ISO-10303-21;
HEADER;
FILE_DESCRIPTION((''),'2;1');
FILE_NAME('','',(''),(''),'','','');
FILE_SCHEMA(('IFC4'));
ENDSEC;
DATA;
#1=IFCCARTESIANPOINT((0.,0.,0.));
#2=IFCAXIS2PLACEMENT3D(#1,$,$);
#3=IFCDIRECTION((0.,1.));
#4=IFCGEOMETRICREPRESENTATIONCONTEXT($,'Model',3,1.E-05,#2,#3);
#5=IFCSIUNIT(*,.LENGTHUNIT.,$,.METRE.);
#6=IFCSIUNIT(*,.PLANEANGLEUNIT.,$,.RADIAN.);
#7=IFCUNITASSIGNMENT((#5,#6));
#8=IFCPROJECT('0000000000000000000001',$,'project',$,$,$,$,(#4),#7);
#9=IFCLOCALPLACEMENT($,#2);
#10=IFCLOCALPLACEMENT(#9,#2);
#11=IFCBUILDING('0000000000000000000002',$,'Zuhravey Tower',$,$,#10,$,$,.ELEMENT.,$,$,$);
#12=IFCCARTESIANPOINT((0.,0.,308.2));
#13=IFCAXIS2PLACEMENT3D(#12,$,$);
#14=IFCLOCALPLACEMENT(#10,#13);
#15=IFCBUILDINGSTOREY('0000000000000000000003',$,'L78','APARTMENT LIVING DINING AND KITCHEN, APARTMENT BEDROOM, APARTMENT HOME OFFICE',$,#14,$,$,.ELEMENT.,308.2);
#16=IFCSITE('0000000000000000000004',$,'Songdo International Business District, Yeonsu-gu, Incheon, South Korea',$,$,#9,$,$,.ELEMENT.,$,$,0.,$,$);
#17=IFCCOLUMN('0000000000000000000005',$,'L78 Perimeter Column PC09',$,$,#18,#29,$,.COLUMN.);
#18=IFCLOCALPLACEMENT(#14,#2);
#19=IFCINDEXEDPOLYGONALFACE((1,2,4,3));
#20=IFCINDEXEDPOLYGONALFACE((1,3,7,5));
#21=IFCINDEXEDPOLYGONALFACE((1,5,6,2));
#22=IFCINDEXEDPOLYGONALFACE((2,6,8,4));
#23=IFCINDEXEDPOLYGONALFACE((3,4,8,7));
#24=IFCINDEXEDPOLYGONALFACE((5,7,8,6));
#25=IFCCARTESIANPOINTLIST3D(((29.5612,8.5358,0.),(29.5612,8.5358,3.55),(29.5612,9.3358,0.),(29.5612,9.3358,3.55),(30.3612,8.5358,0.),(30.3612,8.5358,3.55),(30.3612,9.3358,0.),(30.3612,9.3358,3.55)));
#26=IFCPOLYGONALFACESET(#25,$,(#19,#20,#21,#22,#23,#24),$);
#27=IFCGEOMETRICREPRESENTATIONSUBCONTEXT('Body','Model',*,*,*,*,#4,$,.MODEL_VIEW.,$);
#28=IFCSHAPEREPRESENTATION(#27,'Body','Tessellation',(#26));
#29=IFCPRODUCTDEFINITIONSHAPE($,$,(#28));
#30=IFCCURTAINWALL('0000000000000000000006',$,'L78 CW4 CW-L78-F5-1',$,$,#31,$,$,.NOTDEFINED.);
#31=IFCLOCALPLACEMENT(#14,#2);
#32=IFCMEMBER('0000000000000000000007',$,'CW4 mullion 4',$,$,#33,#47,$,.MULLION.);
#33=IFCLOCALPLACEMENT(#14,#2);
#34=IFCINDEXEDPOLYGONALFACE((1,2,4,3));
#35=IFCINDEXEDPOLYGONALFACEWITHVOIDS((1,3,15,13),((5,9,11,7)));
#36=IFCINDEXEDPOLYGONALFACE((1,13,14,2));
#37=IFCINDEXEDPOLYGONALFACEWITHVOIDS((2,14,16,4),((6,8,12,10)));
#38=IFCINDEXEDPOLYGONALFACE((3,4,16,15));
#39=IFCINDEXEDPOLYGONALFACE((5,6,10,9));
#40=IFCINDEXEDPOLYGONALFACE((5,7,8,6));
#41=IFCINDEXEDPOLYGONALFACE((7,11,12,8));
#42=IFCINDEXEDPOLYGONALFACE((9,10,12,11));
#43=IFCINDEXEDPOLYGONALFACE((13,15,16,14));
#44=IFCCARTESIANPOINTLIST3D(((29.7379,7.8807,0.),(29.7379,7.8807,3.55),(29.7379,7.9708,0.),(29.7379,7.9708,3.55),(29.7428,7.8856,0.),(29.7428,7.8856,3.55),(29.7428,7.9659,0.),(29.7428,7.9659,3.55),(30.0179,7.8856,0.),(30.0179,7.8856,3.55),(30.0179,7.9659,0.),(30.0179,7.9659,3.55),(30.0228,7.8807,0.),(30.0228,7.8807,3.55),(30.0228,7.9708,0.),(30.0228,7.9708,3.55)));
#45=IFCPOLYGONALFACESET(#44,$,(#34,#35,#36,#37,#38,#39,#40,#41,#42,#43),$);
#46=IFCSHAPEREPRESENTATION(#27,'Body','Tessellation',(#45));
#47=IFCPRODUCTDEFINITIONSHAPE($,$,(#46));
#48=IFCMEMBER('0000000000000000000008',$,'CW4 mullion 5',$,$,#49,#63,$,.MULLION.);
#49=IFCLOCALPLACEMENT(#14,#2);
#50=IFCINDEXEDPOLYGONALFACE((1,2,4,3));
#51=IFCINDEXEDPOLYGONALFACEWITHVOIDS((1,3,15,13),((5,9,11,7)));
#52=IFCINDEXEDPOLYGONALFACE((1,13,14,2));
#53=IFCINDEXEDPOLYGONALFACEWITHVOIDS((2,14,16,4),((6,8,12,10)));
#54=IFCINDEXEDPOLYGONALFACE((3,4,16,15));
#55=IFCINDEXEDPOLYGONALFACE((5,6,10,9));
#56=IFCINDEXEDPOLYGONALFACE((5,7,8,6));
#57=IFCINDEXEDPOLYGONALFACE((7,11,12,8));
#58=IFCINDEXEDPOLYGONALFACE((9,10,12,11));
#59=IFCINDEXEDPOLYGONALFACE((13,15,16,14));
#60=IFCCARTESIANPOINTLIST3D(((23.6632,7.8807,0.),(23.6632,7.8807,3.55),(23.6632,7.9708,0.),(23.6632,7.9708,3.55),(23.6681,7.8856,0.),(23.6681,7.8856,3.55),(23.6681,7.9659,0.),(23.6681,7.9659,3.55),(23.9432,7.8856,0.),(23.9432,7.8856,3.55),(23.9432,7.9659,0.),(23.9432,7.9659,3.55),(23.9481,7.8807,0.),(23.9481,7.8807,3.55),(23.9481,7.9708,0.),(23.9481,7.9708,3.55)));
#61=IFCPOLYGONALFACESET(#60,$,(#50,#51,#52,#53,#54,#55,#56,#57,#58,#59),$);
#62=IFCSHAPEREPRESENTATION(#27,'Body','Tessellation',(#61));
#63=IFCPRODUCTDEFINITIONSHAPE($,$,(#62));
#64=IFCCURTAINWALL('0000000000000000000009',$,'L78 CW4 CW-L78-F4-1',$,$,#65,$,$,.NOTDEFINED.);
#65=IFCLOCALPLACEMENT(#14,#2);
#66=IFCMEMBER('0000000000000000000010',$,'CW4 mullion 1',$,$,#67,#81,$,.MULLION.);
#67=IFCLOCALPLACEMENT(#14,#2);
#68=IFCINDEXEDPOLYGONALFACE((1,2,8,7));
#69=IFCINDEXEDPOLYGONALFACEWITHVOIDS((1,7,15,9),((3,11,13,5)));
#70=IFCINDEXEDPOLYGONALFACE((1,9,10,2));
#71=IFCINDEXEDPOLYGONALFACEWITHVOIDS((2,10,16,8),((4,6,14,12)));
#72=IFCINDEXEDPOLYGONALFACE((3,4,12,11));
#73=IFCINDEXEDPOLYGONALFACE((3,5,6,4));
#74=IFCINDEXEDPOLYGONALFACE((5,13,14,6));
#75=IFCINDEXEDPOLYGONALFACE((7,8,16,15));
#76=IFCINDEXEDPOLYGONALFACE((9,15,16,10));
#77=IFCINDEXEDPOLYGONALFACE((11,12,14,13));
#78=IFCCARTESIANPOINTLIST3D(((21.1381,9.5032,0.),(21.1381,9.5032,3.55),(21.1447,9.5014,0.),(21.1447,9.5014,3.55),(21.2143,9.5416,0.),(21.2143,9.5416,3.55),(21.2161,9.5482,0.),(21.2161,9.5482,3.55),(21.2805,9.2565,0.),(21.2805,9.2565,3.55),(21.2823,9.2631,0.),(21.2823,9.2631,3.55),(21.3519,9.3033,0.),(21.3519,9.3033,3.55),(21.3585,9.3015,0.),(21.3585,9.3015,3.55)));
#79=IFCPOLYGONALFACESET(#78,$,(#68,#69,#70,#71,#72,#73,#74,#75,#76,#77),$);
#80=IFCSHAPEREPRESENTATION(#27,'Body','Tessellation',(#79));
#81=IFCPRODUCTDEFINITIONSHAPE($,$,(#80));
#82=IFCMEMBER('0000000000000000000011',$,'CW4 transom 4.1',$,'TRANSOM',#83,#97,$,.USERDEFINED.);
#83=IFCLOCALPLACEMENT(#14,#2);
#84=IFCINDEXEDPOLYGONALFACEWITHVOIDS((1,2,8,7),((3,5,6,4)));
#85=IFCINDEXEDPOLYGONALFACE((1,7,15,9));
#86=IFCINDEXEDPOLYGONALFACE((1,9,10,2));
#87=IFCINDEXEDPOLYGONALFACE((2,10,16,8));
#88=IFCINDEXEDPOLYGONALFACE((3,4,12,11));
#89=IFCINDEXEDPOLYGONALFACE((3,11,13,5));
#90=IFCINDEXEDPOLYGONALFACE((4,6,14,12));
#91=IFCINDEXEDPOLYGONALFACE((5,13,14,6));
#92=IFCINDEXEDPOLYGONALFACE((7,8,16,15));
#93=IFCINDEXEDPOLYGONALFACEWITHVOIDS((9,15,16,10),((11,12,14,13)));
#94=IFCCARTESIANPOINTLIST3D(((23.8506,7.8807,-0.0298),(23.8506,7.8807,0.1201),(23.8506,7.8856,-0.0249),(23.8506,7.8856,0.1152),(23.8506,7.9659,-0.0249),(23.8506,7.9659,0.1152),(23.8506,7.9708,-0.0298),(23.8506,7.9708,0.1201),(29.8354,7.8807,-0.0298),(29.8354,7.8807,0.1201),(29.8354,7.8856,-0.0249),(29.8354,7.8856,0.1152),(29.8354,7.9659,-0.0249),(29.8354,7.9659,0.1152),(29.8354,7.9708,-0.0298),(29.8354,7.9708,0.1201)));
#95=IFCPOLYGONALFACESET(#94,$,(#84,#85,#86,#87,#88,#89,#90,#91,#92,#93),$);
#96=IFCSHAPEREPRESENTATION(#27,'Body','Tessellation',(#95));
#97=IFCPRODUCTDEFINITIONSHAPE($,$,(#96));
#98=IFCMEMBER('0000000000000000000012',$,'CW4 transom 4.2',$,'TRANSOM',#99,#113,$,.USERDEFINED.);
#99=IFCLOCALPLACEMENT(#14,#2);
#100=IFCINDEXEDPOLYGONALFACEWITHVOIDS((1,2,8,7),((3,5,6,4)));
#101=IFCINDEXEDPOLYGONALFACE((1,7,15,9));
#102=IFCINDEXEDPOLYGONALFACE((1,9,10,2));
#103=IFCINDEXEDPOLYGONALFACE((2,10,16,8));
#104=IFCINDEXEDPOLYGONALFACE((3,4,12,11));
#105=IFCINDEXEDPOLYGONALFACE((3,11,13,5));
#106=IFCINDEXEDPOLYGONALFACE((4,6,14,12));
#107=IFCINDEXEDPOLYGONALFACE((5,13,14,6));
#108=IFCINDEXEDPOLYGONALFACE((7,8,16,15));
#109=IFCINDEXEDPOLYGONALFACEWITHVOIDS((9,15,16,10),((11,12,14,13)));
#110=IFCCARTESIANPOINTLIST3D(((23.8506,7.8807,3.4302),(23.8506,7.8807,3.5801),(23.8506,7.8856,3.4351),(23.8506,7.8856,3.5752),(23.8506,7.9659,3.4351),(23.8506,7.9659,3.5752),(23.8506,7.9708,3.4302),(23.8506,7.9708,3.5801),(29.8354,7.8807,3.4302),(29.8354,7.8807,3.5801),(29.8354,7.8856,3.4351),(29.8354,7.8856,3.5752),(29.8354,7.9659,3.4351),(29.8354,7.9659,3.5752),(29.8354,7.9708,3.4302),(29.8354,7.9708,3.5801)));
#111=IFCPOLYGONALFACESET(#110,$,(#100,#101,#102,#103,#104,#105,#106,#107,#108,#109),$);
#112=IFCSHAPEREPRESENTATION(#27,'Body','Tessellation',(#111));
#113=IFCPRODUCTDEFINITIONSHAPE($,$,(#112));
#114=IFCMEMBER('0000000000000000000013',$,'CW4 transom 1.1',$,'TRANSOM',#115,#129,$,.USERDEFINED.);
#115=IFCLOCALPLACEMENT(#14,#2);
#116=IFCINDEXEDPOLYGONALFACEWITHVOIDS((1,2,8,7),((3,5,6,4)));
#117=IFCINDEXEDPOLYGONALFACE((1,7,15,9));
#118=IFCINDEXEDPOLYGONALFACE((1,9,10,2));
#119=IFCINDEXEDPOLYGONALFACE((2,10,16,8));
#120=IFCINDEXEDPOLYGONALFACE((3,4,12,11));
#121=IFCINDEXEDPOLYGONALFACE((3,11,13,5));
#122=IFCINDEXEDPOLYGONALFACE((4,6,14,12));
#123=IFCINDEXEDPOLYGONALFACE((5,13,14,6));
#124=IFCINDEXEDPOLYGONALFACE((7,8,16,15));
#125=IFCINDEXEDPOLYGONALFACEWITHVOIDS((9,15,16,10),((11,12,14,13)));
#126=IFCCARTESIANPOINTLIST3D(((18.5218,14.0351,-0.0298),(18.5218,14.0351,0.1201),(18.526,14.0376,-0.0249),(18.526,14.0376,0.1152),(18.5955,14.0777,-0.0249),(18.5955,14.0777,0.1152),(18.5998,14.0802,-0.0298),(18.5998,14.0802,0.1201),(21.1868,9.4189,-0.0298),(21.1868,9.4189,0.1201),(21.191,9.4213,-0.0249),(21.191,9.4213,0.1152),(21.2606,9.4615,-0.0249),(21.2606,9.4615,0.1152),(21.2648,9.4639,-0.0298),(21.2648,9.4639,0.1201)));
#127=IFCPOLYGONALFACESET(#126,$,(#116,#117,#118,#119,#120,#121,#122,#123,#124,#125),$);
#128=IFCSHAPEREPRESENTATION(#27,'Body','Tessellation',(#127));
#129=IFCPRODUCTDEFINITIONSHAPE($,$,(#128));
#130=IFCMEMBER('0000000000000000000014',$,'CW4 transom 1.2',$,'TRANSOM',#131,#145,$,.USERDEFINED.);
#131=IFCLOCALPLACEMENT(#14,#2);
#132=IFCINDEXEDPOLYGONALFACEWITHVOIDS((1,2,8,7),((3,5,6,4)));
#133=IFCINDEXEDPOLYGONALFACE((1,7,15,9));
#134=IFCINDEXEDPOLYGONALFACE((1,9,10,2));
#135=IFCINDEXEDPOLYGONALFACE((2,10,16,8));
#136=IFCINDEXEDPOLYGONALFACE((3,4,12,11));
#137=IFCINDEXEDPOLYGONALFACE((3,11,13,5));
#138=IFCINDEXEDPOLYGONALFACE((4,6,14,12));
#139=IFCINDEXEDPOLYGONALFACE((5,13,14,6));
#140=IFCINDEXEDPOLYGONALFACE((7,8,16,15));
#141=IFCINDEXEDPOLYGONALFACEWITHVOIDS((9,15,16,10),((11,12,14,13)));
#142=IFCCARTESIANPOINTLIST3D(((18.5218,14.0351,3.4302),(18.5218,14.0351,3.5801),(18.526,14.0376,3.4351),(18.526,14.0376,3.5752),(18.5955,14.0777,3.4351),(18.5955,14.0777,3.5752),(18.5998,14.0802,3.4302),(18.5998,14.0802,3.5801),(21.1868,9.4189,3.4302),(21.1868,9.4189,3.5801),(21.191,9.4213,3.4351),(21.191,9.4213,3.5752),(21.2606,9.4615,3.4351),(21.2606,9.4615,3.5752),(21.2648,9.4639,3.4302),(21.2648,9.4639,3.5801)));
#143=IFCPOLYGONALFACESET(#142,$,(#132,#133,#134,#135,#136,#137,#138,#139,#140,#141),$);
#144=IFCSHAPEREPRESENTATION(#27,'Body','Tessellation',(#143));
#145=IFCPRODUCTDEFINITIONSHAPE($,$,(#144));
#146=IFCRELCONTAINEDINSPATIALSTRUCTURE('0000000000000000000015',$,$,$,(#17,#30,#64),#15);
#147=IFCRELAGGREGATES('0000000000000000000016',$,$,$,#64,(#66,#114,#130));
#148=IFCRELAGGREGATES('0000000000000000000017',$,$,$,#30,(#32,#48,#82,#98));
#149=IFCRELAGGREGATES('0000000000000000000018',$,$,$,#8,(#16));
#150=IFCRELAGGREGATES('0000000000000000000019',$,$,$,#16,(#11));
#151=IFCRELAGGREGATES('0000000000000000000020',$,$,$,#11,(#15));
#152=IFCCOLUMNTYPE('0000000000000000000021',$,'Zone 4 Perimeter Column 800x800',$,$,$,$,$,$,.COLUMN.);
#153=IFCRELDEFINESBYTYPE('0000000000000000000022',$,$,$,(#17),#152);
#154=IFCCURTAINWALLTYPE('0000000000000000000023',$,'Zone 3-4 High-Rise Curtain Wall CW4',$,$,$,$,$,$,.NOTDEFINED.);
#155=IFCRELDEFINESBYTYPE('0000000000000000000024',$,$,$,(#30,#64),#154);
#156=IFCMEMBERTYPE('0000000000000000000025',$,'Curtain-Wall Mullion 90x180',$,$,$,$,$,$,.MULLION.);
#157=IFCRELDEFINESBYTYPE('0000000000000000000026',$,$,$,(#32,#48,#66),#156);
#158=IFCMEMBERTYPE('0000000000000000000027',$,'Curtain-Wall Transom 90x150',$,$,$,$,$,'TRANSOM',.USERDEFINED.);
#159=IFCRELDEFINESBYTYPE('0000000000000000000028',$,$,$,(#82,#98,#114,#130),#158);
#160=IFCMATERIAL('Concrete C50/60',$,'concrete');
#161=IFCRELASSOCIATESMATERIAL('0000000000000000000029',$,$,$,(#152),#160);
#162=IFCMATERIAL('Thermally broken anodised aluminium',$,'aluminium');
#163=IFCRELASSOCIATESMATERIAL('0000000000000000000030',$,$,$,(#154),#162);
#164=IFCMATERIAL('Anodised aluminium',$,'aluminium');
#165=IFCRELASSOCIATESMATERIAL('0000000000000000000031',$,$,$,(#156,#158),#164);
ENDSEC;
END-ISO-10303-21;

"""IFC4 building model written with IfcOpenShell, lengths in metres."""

from ifc_helpers import new_model, si_unit, direction, frame, origin, origin_2d, place, context, subcontext, project, spatial, rectangle, hollow_rectangle, extrude, material, material_profile, profile_set, type_object, element, aggregate, save


model = new_model("IFC4")

# Units and contexts
model_context = context("Model", 3, precision=1e-05, world=origin(), true_north=direction((0.0, 1.0)))
body_context = subcontext(model_context, "Body", "Model", "MODEL_VIEW")
ifc_project = project(units=[si_unit("LENGTHUNIT", "METRE"), si_unit("PLANEANGLEUNIT", "RADIAN")], contexts=[model_context])

# Site, building, storey
site_placement = place(None, origin())
site = spatial("IfcSite", under=ifc_project, at=site_placement, Name="Songdo International Business District, Yeonsu-gu, Incheon, South Korea", CompositionType="ELEMENT", RefElevation=0.0)
building_placement = place(site_placement, origin())
building = spatial("IfcBuilding", under=site, at=building_placement, Name="Zuhravey Tower", CompositionType="ELEMENT")
storey_placement = place(building_placement, frame((0.0, 0.0, 308.2)))
storey = spatial("IfcBuildingStorey", under=building, at=storey_placement, Name="L78", Description="APARTMENT LIVING DINING AND KITCHEN, APARTMENT BEDROOM, APARTMENT HOME OFFICE", CompositionType="ELEMENT", Elevation=308.2)

# Column
ifc_material_1 = material(Name="Concrete C50/60", Category="concrete")
ifc_material_profile_1 = material_profile(ifc_material_1, rectangle(XDim=0.8, YDim=0.8, at=origin_2d()), Name="RC-800x800")
ifc_profile_set_1 = profile_set([ifc_material_profile_1], Name="Concrete C50/60")
column_type = type_object("IfcColumnType", Name="Zone 4 Perimeter Column 800x800", PredefinedType="COLUMN", material=ifc_profile_set_1)
column_placement = place(storey_placement, frame((29.9612, 8.9358, 0.0), z_axis=(0.0, 0.0, 1.0), x_axis=(1.0, 0.0, 0.0)))
element("IfcColumn", 1, at=column_placement, inside=storey, type_object=column_type, Name="L78 Perimeter Column PC09", PredefinedType="COLUMN", context=body_context, shape_type="SweptSolid", body=[
    extrude(rectangle(XDim=0.8, YDim=0.8, at=origin_2d()), origin(), (0.0, 0.0, 1.0), 3.55),
])

# Curtain wall, members
ifc_material_2 = material(Name="Thermally broken anodised aluminium", Category="aluminium")
curtain_wall_type = type_object("IfcCurtainWallType", Name="Zone 3-4 High-Rise Curtain Wall CW4", PredefinedType="NOTDEFINED", material=ifc_material_2)
curtain_wall_1_placement = place(storey_placement, origin())
curtain_wall_1 = element("IfcCurtainWall", 2, at=curtain_wall_1_placement, inside=storey, type_object=curtain_wall_type, Name="L78 CW4 CW-L78-F5-1", PredefinedType="NOTDEFINED")
ifc_material_3 = material(Name="Anodised aluminium", Category="aluminium")
ifc_material_profile_2 = material_profile(ifc_material_3, hollow_rectangle(XDim=0.0901, YDim=0.2849, WallThickness=0.0049, at=origin_2d()), Name="ALU-RHS-90x285x5")
ifc_profile_set_2 = profile_set([ifc_material_profile_2], Name="Anodised aluminium")
member_type_1 = type_object("IfcMemberType", Name="Curtain-Wall Mullion 90x180", PredefinedType="MULLION", material=ifc_profile_set_2)
member_1_placement = place(storey_placement, frame((29.8804, 7.9258, 0.0), z_axis=(0.0, 0.0, 1.0), x_axis=(0.0, -1.0, 0.0)))
member_1 = element("IfcMember", 3, at=member_1_placement, type_object=member_type_1, Name="CW4 mullion 4", PredefinedType="MULLION", context=body_context, shape_type="SweptSolid", body=[
    extrude(hollow_rectangle(XDim=0.0901, YDim=0.2849, WallThickness=0.0049, at=origin_2d()), origin(), (0.0, 0.0, 1.0), 3.55),
])
member_2_placement = place(storey_placement, frame((23.8057, 7.9258, 0.0), z_axis=(0.0, 0.0, 1.0), x_axis=(0.0, -1.0, 0.0)))
member_2 = element("IfcMember", 4, at=member_2_placement, type_object=member_type_1, Name="CW4 mullion 5", PredefinedType="MULLION", context=body_context, shape_type="SweptSolid", body=[
    extrude(hollow_rectangle(XDim=0.0901, YDim=0.2849, WallThickness=0.0049, at=origin_2d()), origin(), (0.0, 0.0, 1.0), 3.55),
])

# Curtain wall, member
curtain_wall_2_placement = place(storey_placement, origin())
curtain_wall_2 = element("IfcCurtainWall", 5, at=curtain_wall_2_placement, inside=storey, type_object=curtain_wall_type, Name="L78 CW4 CW-L78-F4-1", PredefinedType="NOTDEFINED")
member_3_placement = place(storey_placement, frame((21.2483, 9.4023, 0.0), z_axis=(0.0, 0.0, 1.0), x_axis=(-0.866026, -0.499999, 0.0)))
member_3 = element("IfcMember", 6, at=member_3_placement, type_object=member_type_1, Name="CW4 mullion 1", PredefinedType="MULLION", context=body_context, shape_type="SweptSolid", body=[
    extrude(hollow_rectangle(XDim=0.0901, YDim=0.2849, WallThickness=0.0049, at=origin_2d()), origin(), (0.0, 0.0, 1.0), 3.55),
])

# Members
ifc_material_profile_3 = material_profile(ifc_material_3, hollow_rectangle(XDim=0.0901, YDim=0.1499, WallThickness=0.0049, at=origin_2d()), Name="ALU-RHS-90x150x5")
ifc_profile_set_3 = profile_set([ifc_material_profile_3], Name="Anodised aluminium")
member_type_2 = type_object("IfcMemberType", Name="Curtain-Wall Transom 90x150", ElementType="TRANSOM", PredefinedType="USERDEFINED", material=ifc_profile_set_3)
member_4_placement = place(storey_placement, frame((29.8354, 7.9258, 0.0452), z_axis=(-1.0, 0.0, 0.0), x_axis=(0.0, -1.0, 0.0)))
member_4 = element("IfcMember", 7, at=member_4_placement, type_object=member_type_2, Name="CW4 transom 4.1", ObjectType="TRANSOM", PredefinedType="USERDEFINED", context=body_context, shape_type="SweptSolid", body=[
    extrude(hollow_rectangle(XDim=0.0901, YDim=0.1499, WallThickness=0.0049, at=origin_2d()), origin(), (0.0, 0.0, 1.0), 5.9849),
])
member_5_placement = place(storey_placement, frame((29.8354, 7.9258, 3.5051), z_axis=(-1.0, 0.0, 0.0), x_axis=(0.0, -1.0, 0.0)))
member_5 = element("IfcMember", 8, at=member_5_placement, type_object=member_type_2, Name="CW4 transom 4.2", ObjectType="TRANSOM", PredefinedType="USERDEFINED", context=body_context, shape_type="SweptSolid", body=[
    extrude(hollow_rectangle(XDim=0.0901, YDim=0.1499, WallThickness=0.0049, at=origin_2d()), origin(), (0.0, 0.0, 1.0), 5.9849),
])
member_6_placement = place(storey_placement, frame((21.2258, 9.4414, 0.0452), z_axis=(-0.499981, 0.866036, 0.0), x_axis=(-0.866036, -0.499981, 0.0)))
member_6 = element("IfcMember", 9, at=member_6_placement, type_object=member_type_2, Name="CW4 transom 1.1", ObjectType="TRANSOM", PredefinedType="USERDEFINED", context=body_context, shape_type="SweptSolid", body=[
    extrude(hollow_rectangle(XDim=0.0901, YDim=0.1499, WallThickness=0.0049, at=origin_2d()), origin(), (0.0, 0.0, 1.0), 5.3303),
])
member_7_placement = place(storey_placement, frame((21.2258, 9.4414, 3.5051), z_axis=(-0.499981, 0.866036, 0.0), x_axis=(-0.866036, -0.499981, 0.0)))
member_7 = element("IfcMember", 10, at=member_7_placement, type_object=member_type_2, Name="CW4 transom 1.2", ObjectType="TRANSOM", PredefinedType="USERDEFINED", context=body_context, shape_type="SweptSolid", body=[
    extrude(hollow_rectangle(XDim=0.0901, YDim=0.1499, WallThickness=0.0049, at=origin_2d()), origin(), (0.0, 0.0, 1.0), 5.3303),
])
aggregate(curtain_wall_2, [member_3, member_6, member_7])

aggregate(curtain_wall_1, [member_1, member_2, member_4, member_5])

save(model, "model.ifc")
